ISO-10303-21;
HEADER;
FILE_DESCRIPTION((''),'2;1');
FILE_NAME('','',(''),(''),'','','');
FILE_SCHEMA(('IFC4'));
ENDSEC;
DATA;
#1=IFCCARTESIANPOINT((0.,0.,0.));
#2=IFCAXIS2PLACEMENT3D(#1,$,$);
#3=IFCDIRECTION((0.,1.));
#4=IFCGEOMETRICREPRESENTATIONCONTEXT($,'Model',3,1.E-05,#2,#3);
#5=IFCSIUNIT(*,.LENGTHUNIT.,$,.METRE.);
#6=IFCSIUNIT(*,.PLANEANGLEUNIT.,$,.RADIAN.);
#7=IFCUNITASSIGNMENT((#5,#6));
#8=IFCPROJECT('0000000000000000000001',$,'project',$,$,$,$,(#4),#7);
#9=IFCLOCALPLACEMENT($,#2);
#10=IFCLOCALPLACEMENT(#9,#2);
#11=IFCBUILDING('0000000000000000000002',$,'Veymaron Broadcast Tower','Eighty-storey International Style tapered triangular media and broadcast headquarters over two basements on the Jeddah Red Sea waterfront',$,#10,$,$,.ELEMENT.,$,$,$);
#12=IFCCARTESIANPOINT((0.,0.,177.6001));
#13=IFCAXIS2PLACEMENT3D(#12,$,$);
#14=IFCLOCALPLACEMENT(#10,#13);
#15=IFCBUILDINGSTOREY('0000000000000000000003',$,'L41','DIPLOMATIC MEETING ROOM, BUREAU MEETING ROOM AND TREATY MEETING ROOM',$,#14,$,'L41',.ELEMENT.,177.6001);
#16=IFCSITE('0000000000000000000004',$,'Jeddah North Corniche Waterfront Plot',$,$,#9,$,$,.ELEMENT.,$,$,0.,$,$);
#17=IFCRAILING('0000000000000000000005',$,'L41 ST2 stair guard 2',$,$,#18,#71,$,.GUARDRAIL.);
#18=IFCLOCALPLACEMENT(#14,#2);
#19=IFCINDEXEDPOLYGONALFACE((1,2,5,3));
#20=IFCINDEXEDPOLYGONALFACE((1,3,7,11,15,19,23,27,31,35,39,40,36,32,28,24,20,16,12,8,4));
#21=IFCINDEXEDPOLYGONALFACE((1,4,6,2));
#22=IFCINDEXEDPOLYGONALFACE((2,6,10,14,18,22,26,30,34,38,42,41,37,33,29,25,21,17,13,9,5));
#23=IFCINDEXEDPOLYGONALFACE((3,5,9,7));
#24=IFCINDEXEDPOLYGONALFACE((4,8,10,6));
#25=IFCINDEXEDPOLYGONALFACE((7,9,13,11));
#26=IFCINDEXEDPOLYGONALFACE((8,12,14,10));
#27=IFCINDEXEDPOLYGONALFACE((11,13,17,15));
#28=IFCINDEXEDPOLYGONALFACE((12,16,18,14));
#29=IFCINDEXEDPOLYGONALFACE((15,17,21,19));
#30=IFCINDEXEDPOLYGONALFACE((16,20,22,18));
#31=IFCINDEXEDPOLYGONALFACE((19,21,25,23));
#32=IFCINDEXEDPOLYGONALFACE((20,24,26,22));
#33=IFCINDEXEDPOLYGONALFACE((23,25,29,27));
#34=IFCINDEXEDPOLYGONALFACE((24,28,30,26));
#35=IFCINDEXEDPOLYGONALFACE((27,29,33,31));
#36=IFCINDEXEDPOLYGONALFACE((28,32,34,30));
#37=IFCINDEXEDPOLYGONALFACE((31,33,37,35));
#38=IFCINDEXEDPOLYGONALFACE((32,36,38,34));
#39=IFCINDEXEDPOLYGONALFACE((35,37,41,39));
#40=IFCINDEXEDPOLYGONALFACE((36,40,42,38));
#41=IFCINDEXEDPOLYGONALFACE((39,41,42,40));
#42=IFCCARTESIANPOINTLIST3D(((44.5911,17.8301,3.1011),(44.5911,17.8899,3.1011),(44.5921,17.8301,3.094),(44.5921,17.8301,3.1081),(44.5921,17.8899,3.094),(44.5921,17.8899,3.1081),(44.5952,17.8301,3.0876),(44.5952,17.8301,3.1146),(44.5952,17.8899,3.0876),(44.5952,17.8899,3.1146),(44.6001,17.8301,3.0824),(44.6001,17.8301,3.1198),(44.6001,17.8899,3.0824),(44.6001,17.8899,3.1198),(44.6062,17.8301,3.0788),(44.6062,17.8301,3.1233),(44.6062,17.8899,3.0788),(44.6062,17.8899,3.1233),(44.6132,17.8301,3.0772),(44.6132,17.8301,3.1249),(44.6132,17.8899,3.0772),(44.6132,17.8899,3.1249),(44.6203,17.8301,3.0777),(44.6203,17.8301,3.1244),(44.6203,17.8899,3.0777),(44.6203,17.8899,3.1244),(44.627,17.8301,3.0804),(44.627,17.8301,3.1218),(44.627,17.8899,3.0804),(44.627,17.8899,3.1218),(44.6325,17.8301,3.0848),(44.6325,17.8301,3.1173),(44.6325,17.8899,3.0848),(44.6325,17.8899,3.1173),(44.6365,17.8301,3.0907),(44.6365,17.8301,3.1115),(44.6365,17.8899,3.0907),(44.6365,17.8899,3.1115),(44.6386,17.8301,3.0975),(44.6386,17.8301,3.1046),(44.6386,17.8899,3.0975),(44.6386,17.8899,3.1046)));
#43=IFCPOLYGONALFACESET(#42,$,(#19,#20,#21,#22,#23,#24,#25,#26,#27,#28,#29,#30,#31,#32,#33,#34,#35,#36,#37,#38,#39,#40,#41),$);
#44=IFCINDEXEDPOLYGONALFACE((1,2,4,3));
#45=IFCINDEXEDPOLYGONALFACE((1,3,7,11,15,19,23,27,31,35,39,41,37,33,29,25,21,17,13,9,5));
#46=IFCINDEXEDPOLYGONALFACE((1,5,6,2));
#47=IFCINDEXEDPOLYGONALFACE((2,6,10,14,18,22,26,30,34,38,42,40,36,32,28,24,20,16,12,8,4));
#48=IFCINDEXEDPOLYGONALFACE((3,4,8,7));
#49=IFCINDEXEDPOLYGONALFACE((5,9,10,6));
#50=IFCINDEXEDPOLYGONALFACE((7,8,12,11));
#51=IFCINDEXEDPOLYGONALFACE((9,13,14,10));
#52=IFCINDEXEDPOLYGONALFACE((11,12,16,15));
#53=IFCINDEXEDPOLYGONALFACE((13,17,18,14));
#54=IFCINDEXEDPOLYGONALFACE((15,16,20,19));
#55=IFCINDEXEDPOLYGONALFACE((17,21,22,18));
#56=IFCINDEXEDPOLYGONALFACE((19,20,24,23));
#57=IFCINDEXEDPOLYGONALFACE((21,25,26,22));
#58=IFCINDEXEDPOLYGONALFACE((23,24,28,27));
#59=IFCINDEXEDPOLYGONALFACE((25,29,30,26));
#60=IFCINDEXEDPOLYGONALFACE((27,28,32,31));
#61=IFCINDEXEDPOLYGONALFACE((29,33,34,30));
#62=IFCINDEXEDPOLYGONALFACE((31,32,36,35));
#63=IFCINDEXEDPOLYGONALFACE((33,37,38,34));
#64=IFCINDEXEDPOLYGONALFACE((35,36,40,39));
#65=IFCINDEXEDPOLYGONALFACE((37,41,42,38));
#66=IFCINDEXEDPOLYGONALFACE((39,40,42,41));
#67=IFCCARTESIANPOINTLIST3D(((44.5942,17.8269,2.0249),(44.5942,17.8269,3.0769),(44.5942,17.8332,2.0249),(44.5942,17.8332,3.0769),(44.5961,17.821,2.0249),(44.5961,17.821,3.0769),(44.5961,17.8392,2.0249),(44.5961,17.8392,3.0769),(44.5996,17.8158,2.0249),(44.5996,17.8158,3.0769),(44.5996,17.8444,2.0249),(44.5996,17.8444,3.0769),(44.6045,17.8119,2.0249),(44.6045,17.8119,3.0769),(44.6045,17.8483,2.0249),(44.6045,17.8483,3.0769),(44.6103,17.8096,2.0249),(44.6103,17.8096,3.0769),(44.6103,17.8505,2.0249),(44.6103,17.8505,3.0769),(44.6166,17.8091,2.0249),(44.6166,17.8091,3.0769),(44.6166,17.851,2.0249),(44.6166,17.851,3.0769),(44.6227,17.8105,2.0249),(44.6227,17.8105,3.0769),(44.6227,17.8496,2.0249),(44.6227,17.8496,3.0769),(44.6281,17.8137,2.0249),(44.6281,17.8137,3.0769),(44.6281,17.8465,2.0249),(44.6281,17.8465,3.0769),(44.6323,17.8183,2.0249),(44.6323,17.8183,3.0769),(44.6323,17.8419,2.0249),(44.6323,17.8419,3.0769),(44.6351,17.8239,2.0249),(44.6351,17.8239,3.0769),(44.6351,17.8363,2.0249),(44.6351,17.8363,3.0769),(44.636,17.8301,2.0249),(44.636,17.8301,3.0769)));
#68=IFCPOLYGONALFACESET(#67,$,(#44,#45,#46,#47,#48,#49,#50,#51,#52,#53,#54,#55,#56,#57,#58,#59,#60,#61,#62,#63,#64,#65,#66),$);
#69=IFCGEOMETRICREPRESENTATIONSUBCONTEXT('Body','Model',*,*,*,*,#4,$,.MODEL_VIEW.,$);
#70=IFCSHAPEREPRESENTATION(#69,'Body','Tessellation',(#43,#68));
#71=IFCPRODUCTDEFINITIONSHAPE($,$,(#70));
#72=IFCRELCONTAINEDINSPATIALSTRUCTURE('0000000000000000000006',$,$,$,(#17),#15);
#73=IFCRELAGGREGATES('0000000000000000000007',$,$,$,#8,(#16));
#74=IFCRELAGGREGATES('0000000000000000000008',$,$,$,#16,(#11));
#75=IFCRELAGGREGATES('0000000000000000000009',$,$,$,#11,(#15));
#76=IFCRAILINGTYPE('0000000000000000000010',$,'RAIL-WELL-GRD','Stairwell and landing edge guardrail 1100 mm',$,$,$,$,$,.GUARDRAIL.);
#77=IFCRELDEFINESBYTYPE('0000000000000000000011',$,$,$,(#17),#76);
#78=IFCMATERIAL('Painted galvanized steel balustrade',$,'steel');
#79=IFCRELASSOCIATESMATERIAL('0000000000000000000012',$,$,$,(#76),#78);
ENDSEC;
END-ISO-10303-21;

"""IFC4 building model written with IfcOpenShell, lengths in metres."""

from ifc_helpers import new_model, si_unit, direction, frame, origin, origin_2d, place, context, subcontext, project, spatial, circle, extrude, material, type_object, element, save


model = new_model("IFC4")

# Units and contexts
model_context = context("Model", 3, precision=1e-05, world=origin(), true_north=direction((0.0, 1.0)))
body_context = subcontext(model_context, "Body", "Model", "MODEL_VIEW")
ifc_project = project(units=[si_unit("LENGTHUNIT", "METRE"), si_unit("PLANEANGLEUNIT", "RADIAN")], contexts=[model_context])

# Site, building, storey
site_placement = place(None, origin())
site = spatial("IfcSite", under=ifc_project, at=site_placement, Name="Jeddah North Corniche Waterfront Plot", CompositionType="ELEMENT", RefElevation=0.0)
building_placement = place(site_placement, origin())
building = spatial("IfcBuilding", under=site, at=building_placement, Name="Veymaron Broadcast Tower", Description="Eighty-storey International Style tapered triangular media and broadcast headquarters over two basements on the Jeddah Red Sea waterfront", CompositionType="ELEMENT")
storey_placement = place(building_placement, frame((0.0, 0.0, 177.6001)))
storey = spatial("IfcBuildingStorey", under=building, at=storey_placement, Name="L41", Description="DIPLOMATIC MEETING ROOM, BUREAU MEETING ROOM AND TREATY MEETING ROOM", LongName="L41", CompositionType="ELEMENT", Elevation=177.6001)

# Railing
ifc_material_1 = material(Name="Painted galvanized steel balustrade", Category="steel")
railing_type_1 = type_object("IfcRailingType", Name="RAIL-WELL-GRD", Description="Stairwell and landing edge guardrail 1100 mm", PredefinedType="GUARDRAIL", material=ifc_material_1)
railing_1_placement = place(storey_placement, frame((44.615, 17.8301, 2.0249)))
element("IfcRailing", 1, at=railing_1_placement, inside=storey, type_object=railing_type_1, Name="L41 ST2 stair guard 2", PredefinedType="GUARDRAIL", context=body_context, shape_type="SweptSolid", body=[
    extrude(circle(Radius=0.0239, at=origin_2d()), frame((0.0, 0.0, 1.0762), z_axis=(0.0, 1.0, 0.0), x_axis=(-1.0, 0.0, 0.0)), (0.0, 0.0, 1.0), 0.0598),
    extrude(circle(Radius=0.021, at=origin_2d()), origin(), (0.0, 0.0, 1.0), 1.052),
])

save(model, "model.ifc")
